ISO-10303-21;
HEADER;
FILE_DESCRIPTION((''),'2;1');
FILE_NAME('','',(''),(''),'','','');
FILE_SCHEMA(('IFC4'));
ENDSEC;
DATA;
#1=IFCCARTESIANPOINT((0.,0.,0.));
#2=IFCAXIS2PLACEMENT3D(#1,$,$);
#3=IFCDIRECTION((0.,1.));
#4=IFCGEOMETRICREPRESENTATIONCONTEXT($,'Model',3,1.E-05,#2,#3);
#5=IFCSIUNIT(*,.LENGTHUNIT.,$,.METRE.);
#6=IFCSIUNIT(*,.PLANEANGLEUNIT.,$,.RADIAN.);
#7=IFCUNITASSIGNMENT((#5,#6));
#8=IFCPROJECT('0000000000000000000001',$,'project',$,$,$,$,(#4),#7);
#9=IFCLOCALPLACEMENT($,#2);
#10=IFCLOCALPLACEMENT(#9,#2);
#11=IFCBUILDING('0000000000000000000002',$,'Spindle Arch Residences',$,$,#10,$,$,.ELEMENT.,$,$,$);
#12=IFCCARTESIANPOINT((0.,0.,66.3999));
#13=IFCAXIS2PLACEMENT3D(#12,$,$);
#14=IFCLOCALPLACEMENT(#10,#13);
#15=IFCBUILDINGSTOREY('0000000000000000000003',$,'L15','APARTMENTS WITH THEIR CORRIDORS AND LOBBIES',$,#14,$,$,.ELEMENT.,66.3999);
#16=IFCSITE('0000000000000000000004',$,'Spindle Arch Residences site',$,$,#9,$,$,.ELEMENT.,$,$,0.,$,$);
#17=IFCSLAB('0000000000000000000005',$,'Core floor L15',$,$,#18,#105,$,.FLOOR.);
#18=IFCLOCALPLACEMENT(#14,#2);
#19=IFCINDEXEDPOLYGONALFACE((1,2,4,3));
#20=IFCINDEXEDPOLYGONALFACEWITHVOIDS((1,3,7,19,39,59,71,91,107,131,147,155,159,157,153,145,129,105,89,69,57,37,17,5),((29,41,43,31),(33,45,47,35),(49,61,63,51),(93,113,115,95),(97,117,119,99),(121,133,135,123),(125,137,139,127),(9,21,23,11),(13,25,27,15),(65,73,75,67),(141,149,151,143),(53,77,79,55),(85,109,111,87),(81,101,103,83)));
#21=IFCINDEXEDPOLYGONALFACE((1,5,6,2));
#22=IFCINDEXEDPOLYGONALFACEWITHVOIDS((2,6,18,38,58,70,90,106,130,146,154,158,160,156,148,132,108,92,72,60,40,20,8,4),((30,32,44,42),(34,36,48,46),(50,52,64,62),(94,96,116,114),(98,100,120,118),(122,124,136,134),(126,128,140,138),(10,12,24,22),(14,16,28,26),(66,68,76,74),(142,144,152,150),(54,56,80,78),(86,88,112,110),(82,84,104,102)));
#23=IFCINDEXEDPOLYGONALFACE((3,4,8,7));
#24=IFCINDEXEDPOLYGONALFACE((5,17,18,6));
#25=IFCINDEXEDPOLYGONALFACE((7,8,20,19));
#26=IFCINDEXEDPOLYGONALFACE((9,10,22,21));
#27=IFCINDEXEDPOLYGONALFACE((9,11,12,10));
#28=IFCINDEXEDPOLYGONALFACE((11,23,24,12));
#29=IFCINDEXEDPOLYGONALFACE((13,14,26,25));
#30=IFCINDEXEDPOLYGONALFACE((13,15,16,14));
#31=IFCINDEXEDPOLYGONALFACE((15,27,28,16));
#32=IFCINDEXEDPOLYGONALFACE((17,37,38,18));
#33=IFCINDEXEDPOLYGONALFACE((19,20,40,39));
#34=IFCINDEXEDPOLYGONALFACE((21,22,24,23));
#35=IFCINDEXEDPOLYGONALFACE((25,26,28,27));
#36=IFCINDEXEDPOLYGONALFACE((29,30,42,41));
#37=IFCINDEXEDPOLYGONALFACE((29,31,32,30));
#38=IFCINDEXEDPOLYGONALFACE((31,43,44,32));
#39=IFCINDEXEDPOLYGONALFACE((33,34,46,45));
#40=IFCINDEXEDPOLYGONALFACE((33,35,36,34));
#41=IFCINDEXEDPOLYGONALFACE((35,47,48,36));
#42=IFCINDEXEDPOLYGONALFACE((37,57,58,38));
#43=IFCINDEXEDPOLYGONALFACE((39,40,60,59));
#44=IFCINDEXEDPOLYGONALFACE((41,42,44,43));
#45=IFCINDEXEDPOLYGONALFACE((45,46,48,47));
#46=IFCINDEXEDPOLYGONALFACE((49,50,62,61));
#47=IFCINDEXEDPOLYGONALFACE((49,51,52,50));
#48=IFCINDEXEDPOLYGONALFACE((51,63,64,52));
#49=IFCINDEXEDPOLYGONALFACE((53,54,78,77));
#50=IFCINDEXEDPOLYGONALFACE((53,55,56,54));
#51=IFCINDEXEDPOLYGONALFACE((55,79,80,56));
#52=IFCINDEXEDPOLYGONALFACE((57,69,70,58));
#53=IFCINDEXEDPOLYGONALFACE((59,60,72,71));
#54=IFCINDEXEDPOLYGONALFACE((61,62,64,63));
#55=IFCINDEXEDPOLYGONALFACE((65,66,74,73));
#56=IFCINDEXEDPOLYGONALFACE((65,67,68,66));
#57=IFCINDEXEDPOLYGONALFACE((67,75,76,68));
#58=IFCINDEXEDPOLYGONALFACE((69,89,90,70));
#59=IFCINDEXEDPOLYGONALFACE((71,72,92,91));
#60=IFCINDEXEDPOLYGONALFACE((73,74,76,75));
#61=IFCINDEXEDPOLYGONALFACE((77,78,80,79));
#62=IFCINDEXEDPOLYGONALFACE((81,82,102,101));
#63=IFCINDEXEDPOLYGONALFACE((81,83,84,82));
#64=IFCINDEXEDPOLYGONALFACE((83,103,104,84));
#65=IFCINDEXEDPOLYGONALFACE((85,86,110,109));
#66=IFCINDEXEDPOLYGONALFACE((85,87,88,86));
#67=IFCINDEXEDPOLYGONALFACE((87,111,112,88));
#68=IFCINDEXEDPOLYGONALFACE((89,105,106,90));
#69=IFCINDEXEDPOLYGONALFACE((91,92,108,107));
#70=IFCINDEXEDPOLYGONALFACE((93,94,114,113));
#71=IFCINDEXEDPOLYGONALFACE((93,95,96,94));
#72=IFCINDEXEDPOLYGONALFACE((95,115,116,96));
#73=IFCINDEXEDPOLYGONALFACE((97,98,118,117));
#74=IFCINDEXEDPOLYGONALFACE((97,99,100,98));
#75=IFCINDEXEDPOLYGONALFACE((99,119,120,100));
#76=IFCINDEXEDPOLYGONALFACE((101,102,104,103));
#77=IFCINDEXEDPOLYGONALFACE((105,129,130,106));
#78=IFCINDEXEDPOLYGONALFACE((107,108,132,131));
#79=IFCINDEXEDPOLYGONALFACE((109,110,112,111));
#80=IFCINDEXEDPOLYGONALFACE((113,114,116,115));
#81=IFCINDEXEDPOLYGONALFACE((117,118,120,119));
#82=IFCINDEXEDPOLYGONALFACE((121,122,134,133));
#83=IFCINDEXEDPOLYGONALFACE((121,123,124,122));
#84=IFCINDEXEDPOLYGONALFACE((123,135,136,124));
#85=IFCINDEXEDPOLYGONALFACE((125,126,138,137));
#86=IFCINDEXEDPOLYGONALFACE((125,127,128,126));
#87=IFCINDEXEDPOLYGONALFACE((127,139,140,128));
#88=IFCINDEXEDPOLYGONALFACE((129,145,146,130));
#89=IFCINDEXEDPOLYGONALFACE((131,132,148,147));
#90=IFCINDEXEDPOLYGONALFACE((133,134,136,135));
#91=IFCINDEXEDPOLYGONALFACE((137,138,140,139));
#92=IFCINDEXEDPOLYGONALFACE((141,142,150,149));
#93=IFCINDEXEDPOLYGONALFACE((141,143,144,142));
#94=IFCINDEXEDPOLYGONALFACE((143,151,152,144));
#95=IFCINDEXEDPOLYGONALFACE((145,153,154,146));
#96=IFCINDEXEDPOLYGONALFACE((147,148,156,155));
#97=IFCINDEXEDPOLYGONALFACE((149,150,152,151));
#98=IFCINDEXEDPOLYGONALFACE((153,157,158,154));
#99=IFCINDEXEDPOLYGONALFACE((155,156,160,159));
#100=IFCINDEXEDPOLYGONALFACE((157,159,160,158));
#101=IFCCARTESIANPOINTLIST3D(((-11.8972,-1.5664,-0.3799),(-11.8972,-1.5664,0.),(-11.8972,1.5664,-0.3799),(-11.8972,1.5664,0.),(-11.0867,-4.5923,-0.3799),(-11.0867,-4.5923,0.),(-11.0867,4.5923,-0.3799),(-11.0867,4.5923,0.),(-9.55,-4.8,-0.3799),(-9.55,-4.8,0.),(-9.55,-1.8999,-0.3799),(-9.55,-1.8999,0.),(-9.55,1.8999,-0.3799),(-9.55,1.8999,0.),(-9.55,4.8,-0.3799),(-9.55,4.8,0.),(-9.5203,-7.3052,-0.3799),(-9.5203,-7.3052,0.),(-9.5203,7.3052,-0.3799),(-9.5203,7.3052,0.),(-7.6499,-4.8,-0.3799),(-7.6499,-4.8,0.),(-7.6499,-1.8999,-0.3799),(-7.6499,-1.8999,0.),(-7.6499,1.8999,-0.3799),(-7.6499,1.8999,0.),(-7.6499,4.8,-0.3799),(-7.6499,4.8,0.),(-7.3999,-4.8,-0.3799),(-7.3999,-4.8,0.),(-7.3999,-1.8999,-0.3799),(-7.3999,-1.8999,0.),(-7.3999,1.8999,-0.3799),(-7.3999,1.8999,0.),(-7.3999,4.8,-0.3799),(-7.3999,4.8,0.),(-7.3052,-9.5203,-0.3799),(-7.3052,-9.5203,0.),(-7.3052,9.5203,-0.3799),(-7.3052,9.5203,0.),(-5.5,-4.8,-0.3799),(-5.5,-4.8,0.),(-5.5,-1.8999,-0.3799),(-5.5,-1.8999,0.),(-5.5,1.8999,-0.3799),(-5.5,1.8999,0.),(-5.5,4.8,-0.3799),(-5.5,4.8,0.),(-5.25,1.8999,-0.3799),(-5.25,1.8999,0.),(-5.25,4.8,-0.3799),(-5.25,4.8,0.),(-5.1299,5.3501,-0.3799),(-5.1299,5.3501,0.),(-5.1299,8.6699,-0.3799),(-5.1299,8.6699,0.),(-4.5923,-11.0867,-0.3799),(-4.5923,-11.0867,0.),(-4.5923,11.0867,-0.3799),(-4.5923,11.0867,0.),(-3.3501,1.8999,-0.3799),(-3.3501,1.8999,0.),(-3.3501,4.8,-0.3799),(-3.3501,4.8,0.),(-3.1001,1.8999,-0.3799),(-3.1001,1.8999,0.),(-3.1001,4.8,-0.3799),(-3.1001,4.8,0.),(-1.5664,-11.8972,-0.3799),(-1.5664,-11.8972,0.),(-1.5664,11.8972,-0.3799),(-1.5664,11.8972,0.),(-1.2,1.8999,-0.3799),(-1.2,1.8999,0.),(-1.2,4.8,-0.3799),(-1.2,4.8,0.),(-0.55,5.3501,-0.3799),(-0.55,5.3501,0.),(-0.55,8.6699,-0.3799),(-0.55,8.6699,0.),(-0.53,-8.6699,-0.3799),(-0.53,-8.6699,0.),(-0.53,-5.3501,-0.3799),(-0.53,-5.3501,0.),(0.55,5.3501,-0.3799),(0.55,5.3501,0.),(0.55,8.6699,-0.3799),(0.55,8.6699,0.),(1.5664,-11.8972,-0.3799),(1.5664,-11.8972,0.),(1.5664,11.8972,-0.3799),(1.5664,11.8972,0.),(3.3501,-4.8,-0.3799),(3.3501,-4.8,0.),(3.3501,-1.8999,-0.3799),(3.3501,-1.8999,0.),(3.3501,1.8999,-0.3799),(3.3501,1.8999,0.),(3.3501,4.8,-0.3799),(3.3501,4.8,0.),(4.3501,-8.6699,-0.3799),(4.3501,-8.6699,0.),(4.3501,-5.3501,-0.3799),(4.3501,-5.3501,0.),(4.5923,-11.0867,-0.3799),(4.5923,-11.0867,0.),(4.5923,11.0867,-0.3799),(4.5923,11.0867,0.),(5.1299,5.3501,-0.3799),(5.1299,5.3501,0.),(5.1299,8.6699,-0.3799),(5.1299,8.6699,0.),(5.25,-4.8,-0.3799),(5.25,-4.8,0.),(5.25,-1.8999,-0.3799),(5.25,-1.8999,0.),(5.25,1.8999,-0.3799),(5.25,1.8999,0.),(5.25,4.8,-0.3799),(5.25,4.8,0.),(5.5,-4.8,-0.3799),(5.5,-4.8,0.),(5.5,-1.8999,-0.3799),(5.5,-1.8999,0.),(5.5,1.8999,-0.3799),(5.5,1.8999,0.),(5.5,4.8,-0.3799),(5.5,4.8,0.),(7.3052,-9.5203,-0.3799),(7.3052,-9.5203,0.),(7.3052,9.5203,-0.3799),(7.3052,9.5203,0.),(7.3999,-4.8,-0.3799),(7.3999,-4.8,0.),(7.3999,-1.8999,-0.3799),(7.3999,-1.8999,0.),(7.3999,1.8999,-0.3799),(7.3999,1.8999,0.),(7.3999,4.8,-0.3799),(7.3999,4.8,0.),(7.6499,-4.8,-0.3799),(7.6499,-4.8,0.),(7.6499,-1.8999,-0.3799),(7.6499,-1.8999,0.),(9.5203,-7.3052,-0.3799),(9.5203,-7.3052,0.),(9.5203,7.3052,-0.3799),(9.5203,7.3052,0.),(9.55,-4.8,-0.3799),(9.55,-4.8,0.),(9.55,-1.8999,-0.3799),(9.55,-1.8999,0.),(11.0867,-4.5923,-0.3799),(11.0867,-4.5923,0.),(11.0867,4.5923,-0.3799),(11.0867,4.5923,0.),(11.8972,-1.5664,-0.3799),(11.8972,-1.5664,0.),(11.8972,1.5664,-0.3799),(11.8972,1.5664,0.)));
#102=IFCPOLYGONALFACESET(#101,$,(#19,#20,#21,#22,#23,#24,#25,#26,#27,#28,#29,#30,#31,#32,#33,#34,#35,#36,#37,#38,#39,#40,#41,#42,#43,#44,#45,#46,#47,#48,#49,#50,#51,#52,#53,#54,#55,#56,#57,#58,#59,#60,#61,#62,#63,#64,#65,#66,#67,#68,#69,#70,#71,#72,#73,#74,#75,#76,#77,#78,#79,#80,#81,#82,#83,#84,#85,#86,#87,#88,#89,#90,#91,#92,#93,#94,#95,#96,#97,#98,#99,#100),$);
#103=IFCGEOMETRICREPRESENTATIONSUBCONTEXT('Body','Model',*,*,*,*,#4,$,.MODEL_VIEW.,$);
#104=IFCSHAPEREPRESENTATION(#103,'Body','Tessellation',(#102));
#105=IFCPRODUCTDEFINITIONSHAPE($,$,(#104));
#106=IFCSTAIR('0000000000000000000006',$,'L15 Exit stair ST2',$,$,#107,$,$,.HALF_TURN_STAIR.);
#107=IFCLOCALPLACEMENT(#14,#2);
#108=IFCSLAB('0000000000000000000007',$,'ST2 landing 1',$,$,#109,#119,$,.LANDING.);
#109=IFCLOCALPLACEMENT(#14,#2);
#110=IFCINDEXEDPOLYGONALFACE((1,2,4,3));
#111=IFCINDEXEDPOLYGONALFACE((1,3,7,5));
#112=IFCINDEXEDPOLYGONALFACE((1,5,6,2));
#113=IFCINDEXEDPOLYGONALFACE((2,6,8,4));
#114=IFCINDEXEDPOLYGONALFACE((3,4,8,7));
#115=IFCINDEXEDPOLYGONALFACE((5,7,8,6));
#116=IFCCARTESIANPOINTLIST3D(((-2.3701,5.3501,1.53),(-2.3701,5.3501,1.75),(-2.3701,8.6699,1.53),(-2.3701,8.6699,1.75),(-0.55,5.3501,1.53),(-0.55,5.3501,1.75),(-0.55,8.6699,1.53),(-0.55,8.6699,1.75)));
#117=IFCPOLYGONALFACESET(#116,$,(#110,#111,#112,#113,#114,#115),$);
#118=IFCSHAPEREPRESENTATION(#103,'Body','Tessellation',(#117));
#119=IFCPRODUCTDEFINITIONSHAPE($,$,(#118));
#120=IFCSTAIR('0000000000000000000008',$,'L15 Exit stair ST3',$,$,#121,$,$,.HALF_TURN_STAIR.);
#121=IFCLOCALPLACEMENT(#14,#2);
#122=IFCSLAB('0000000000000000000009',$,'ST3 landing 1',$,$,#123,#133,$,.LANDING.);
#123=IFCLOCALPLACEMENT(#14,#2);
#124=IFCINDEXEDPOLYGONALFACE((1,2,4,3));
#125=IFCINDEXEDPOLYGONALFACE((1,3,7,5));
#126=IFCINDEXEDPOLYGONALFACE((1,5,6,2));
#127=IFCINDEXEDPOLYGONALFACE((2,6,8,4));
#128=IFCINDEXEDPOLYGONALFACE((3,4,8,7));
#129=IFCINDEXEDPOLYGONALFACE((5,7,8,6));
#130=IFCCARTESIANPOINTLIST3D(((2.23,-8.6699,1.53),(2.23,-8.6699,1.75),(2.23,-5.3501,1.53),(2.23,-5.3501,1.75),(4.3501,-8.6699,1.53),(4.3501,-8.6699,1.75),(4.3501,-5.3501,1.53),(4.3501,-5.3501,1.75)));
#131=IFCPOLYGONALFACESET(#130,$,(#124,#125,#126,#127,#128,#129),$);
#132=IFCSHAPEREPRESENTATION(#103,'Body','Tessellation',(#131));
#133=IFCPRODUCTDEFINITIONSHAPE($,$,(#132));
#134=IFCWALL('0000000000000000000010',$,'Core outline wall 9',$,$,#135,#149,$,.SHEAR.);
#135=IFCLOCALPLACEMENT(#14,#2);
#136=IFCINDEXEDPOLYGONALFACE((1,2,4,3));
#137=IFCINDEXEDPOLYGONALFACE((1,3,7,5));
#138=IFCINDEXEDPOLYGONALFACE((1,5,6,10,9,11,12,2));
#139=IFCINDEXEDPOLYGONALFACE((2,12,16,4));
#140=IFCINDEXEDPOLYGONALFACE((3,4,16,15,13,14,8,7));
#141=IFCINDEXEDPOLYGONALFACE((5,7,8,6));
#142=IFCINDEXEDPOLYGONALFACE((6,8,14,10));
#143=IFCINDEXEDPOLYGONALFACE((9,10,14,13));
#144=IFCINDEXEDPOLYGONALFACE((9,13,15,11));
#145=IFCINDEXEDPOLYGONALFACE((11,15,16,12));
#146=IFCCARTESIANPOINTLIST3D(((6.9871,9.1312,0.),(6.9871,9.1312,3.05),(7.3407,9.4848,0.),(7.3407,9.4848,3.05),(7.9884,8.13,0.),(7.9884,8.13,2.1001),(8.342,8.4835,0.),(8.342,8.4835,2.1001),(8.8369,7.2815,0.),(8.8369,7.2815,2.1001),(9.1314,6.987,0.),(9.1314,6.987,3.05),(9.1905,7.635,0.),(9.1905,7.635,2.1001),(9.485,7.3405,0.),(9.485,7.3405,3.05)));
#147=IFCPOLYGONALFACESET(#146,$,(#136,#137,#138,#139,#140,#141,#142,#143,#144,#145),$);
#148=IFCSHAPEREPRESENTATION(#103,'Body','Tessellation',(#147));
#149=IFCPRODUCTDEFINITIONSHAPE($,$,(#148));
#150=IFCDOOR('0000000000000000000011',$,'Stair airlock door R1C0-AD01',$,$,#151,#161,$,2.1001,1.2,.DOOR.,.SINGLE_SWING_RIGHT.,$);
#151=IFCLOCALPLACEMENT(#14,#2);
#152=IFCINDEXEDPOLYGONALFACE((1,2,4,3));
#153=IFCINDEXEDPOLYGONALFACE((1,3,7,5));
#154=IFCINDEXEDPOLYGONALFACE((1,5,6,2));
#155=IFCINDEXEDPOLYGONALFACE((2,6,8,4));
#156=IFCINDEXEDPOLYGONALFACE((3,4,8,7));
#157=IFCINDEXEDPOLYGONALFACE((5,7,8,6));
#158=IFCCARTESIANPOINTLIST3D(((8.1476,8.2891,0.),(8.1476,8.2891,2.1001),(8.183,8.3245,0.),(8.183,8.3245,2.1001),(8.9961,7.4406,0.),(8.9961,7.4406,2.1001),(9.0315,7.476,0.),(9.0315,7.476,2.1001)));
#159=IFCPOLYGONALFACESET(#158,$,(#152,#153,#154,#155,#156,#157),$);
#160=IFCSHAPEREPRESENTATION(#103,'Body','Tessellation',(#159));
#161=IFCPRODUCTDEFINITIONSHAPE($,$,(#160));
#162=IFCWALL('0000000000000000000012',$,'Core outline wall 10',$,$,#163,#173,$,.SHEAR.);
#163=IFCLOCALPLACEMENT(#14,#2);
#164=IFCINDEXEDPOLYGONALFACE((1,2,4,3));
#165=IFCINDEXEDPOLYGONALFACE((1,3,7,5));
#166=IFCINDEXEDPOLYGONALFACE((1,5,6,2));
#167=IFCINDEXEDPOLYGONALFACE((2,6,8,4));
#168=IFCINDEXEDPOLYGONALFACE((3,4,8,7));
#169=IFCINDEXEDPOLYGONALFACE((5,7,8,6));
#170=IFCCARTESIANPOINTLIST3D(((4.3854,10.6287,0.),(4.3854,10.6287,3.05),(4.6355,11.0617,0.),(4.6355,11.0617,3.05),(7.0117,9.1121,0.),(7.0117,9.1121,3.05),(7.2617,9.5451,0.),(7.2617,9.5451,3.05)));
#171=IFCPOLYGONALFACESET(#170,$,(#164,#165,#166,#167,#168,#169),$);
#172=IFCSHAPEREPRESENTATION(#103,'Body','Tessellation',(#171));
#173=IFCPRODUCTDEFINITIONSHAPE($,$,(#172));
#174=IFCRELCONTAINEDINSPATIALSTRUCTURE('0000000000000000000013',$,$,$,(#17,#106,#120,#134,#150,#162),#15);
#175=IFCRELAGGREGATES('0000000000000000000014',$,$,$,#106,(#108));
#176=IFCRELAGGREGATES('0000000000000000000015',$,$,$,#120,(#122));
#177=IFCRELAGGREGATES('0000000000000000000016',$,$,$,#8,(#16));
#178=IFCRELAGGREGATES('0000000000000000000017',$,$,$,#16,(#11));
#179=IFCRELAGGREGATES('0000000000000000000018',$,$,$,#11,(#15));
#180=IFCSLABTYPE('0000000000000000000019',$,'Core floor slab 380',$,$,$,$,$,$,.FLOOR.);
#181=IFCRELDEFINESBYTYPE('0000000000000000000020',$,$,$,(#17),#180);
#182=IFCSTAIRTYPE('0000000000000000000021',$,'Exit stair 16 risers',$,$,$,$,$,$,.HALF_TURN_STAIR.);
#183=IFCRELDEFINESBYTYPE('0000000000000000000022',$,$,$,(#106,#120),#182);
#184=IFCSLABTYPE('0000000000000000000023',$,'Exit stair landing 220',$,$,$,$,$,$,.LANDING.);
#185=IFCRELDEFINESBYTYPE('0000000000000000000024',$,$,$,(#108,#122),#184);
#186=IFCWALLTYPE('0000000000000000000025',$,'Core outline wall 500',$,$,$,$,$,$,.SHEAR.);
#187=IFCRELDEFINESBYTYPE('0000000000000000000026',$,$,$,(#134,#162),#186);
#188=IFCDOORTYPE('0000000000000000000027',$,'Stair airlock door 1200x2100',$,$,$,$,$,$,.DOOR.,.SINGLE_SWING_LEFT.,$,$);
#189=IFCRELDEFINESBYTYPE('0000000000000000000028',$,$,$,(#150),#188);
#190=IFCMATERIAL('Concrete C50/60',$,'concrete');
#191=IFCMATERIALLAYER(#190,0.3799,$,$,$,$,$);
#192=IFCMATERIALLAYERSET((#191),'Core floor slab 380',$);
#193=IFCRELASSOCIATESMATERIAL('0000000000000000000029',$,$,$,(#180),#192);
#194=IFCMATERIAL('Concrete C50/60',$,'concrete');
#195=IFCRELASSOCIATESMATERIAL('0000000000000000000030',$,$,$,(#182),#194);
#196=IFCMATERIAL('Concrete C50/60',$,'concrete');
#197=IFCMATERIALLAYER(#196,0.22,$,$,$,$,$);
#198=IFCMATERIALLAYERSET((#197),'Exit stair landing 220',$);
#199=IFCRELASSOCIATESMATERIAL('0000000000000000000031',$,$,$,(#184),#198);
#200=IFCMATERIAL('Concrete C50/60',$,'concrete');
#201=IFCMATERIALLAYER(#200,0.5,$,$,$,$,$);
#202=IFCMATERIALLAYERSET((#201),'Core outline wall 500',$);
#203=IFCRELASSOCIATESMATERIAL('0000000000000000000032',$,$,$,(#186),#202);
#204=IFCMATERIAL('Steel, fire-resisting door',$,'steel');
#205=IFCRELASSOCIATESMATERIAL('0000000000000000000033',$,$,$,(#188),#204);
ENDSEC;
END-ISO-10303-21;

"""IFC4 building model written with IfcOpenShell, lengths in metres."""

from ifc_helpers import new_model, si_unit, direction, frame, frame_2d, origin, place, context, subcontext, project, spatial, polyline, rectangle, outline, extrude, material, layer, layer_set, type_object, element, fill, aggregate, save


model = new_model("IFC4")

# Units and contexts
model_context = context("Model", 3, precision=1e-05, world=origin(), true_north=direction((0.0, 1.0)))
body_context = subcontext(model_context, "Body", "Model", "MODEL_VIEW")
ifc_project = project(units=[si_unit("LENGTHUNIT", "METRE"), si_unit("PLANEANGLEUNIT", "RADIAN")], contexts=[model_context])

# Site, building, storey
site_placement = place(None, origin())
site = spatial("IfcSite", under=ifc_project, at=site_placement, Name="Spindle Arch Residences site", CompositionType="ELEMENT", RefElevation=0.0)
building_placement = place(site_placement, origin())
building = spatial("IfcBuilding", under=site, at=building_placement, Name="Spindle Arch Residences", CompositionType="ELEMENT")
storey_placement = place(building_placement, frame((0.0, 0.0, 66.3999)))
storey = spatial("IfcBuildingStorey", under=building, at=storey_placement, Name="L15", Description="APARTMENTS WITH THEIR CORRIDORS AND LOBBIES", CompositionType="ELEMENT", Elevation=66.3999)

# Slab
ifc_material_1 = material(Name="Concrete C50/60", Category="concrete")
ifc_layer_1 = layer(ifc_material_1, 0.3799)
ifc_layer_set_1 = layer_set([ifc_layer_1], Name="Core floor slab 380")
slab_type_1 = type_object("IfcSlabType", Name="Core floor slab 380", PredefinedType="FLOOR", material=ifc_layer_set_1)
slab_1_placement = place(storey_placement, frame((0.0, 0.0, -0.3799)))
element("IfcSlab", 1, at=slab_1_placement, inside=storey, type_object=slab_type_1, Name="Core floor L15", PredefinedType="FLOOR", context=body_context, shape_type="SweptSolid", body=[
    extrude(outline(polyline([(1.5664, -11.8972), (4.5923, -11.0867), (7.3052, -9.5203), (9.5203, -7.3052), (11.0867, -4.5923), (11.8972, -1.5664), (11.8972, 1.5664), (11.0867, 4.5923), (9.5203, 7.3052), (7.3052, 9.5203), (4.5923, 11.0867), (1.5664, 11.8972), (-1.5664, 11.8972), (-4.5923, 11.0867), (-7.3052, 9.5203), (-9.5203, 7.3052), (-11.0867, 4.5923), (-11.8972, 1.5664), (-11.8972, -1.5664), (-11.0867, -4.5923), (-9.5203, -7.3052), (-7.3052, -9.5203), (-4.5923, -11.0867), (-1.5664, -11.8972), (1.5664, -11.8972)]), holes=[polyline([(-9.55, 1.8999), (-7.6499, 1.8999), (-7.6499, 4.8), (-9.55, 4.8), (-9.55, 1.8999)]), polyline([(-7.3999, 1.8999), (-5.5, 1.8999), (-5.5, 4.8), (-7.3999, 4.8), (-7.3999, 1.8999)]), polyline([(-5.25, 1.8999), (-3.3501, 1.8999), (-3.3501, 4.8), (-5.25, 4.8), (-5.25, 1.8999)]), polyline([(-3.1001, 1.8999), (-1.2, 1.8999), (-1.2, 4.8), (-3.1001, 4.8), (-3.1001, 1.8999)]), polyline([(3.3501, 1.8999), (5.25, 1.8999), (5.25, 4.8), (3.3501, 4.8), (3.3501, 1.8999)]), polyline([(5.5, 1.8999), (7.3999, 1.8999), (7.3999, 4.8), (5.5, 4.8), (5.5, 1.8999)]), polyline([(-9.55, -4.8), (-7.6499, -4.8), (-7.6499, -1.8999), (-9.55, -1.8999), (-9.55, -4.8)]), polyline([(-7.3999, -4.8), (-5.5, -4.8), (-5.5, -1.8999), (-7.3999, -1.8999), (-7.3999, -4.8)]), polyline([(3.3501, -4.8), (5.25, -4.8), (5.25, -1.8999), (3.3501, -1.8999), (3.3501, -4.8)]), polyline([(5.5, -4.8), (7.3999, -4.8), (7.3999, -1.8999), (5.5, -1.8999), (5.5, -4.8)]), polyline([(7.6499, -4.8), (9.55, -4.8), (9.55, -1.8999), (7.6499, -1.8999), (7.6499, -4.8)]), polyline([(5.1299, 8.6699), (0.55, 8.6699), (0.55, 5.3501), (5.1299, 5.3501), (5.1299, 8.6699)]), polyline([(-5.1299, 5.3501), (-0.55, 5.3501), (-0.55, 8.6699), (-5.1299, 8.6699), (-5.1299, 5.3501)]), polyline([(-0.53, -8.6699), (4.3501, -8.6699), (4.3501, -5.3501), (-0.53, -5.3501), (-0.53, -8.6699)])]), origin(), (0.0, 0.0, 1.0), 0.3799),
])

# Stairs, slabs
ifc_material_2 = material(Name="Concrete C50/60", Category="concrete")
stair_type = type_object("IfcStairType", Name="Exit stair 16 risers", PredefinedType="HALF_TURN_STAIR", material=ifc_material_2)
stair_1_placement = place(storey_placement, origin())
stair_1 = element("IfcStair", 2, at=stair_1_placement, inside=storey, type_object=stair_type, Name="L15 Exit stair ST2", PredefinedType="HALF_TURN_STAIR")
ifc_material_3 = material(Name="Concrete C50/60", Category="concrete")
ifc_layer_2 = layer(ifc_material_3, 0.22)
ifc_layer_set_2 = layer_set([ifc_layer_2], Name="Exit stair landing 220")
slab_type_2 = type_object("IfcSlabType", Name="Exit stair landing 220", PredefinedType="LANDING", material=ifc_layer_set_2)
slab_2_placement = place(storey_placement, frame((0.0, 0.0, 1.53)))
slab_2 = element("IfcSlab", 3, at=slab_2_placement, type_object=slab_type_2, Name="ST2 landing 1", PredefinedType="LANDING", context=body_context, shape_type="SweptSolid", body=[
    extrude(outline(polyline([(-2.3701, 5.3501), (-0.55, 5.3501), (-0.55, 8.6699), (-2.3701, 8.6699), (-2.3701, 5.3501)])), origin(), (0.0, 0.0, 1.0), 0.22),
])
aggregate(stair_1, [slab_2])
stair_2_placement = place(storey_placement, origin())
stair_2 = element("IfcStair", 4, at=stair_2_placement, inside=storey, type_object=stair_type, Name="L15 Exit stair ST3", PredefinedType="HALF_TURN_STAIR")
slab_3_placement = place(storey_placement, frame((0.0, 0.0, 1.53)))
slab_3 = element("IfcSlab", 5, at=slab_3_placement, type_object=slab_type_2, Name="ST3 landing 1", PredefinedType="LANDING", context=body_context, shape_type="SweptSolid", body=[
    extrude(outline(polyline([(2.23, -8.6699), (4.3501, -8.6699), (4.3501, -5.3501), (2.23, -5.3501), (2.23, -8.6699)])), origin(), (0.0, 0.0, 1.0), 0.22),
])
aggregate(stair_2, [slab_3])

# Wall, opening, door
ifc_material_4 = material(Name="Concrete C50/60", Category="concrete")
ifc_layer_3 = layer(ifc_material_4, 0.5)
ifc_layer_set_3 = layer_set([ifc_layer_3], Name="Core outline wall 500")
wall_type_1 = type_object("IfcWallType", Name="Core outline wall 500", PredefinedType="SHEAR", material=ifc_layer_set_3)
wall_1_placement = place(storey_placement, frame((9.3081, 7.1638, 0.0), z_axis=(0.0, 0.0, 1.0), x_axis=(-0.707107, 0.707107, 0.0)))
wall_1 = element("IfcWall", 6, at=wall_1_placement, inside=storey, type_object=wall_type_1, Name="Core outline wall 9", PredefinedType="SHEAR", context=body_context, shape_type="SweptSolid", body=[
    extrude(rectangle(XDim=3.0325, YDim=0.5, at=frame_2d((1.5161, 0.0))), origin(), (0.0, 0.0, 1.0), 3.05),
])
opening_1_placement = place(wall_1_placement, frame((0.4163, 0.0, 0.0)))
opening_1 = element("IfcOpeningElement", 7, at=opening_1_placement, cuts=wall_1, PredefinedType="OPENING", context=body_context, shape_type="SweptSolid", body=[
    extrude(rectangle(XDim=1.2, YDim=2.1001, at=frame_2d((0.6001, 1.05))), frame((0.0, 0.26, 0.0), z_axis=(0.0, -1.0, 0.0), x_axis=(1.0, 0.0, 0.0)), (0.0, 0.0, 1.0), 0.52),
])
ifc_material_5 = material(Name="Steel, fire-resisting door", Category="steel")
door_type_1 = type_object("IfcDoorType", Name="Stair airlock door 1200x2100", OperationType="SINGLE_SWING_LEFT", PredefinedType="DOOR", material=ifc_material_5)
door_1_placement = place(opening_1_placement, origin())
door_1 = element("IfcDoor", 8, at=door_1_placement, inside=storey, type_object=door_type_1, Name="Stair airlock door R1C0-AD01", OperationType="SINGLE_SWING_RIGHT", OverallHeight=2.1001, OverallWidth=1.2, PredefinedType="DOOR", context=body_context, shape_type="SweptSolid", body=[
    extrude(rectangle(XDim=1.2, YDim=2.1001, at=frame_2d((0.6001, 1.05))), frame((0.0, 0.0249, 0.0), z_axis=(0.0, -1.0, 0.0), x_axis=(1.0, 0.0, 0.0)), (0.0, 0.0, 1.0), 0.05),
])
fill(opening_1, door_1)

# Wall
wall_2_placement = place(storey_placement, frame((7.1367, 9.3286, 0.0), z_axis=(0.0, 0.0, 1.0), x_axis=(-0.865975, 0.500087, 0.0)))
element("IfcWall", 9, at=wall_2_placement, inside=storey, type_object=wall_type_1, Name="Core outline wall 10", PredefinedType="SHEAR", context=body_context, shape_type="SweptSolid", body=[
    extrude(rectangle(XDim=3.0327, YDim=0.5, at=frame_2d((1.5164, 0.0))), origin(), (0.0, 0.0, 1.0), 3.05),
])

save(model, "model.ifc")
